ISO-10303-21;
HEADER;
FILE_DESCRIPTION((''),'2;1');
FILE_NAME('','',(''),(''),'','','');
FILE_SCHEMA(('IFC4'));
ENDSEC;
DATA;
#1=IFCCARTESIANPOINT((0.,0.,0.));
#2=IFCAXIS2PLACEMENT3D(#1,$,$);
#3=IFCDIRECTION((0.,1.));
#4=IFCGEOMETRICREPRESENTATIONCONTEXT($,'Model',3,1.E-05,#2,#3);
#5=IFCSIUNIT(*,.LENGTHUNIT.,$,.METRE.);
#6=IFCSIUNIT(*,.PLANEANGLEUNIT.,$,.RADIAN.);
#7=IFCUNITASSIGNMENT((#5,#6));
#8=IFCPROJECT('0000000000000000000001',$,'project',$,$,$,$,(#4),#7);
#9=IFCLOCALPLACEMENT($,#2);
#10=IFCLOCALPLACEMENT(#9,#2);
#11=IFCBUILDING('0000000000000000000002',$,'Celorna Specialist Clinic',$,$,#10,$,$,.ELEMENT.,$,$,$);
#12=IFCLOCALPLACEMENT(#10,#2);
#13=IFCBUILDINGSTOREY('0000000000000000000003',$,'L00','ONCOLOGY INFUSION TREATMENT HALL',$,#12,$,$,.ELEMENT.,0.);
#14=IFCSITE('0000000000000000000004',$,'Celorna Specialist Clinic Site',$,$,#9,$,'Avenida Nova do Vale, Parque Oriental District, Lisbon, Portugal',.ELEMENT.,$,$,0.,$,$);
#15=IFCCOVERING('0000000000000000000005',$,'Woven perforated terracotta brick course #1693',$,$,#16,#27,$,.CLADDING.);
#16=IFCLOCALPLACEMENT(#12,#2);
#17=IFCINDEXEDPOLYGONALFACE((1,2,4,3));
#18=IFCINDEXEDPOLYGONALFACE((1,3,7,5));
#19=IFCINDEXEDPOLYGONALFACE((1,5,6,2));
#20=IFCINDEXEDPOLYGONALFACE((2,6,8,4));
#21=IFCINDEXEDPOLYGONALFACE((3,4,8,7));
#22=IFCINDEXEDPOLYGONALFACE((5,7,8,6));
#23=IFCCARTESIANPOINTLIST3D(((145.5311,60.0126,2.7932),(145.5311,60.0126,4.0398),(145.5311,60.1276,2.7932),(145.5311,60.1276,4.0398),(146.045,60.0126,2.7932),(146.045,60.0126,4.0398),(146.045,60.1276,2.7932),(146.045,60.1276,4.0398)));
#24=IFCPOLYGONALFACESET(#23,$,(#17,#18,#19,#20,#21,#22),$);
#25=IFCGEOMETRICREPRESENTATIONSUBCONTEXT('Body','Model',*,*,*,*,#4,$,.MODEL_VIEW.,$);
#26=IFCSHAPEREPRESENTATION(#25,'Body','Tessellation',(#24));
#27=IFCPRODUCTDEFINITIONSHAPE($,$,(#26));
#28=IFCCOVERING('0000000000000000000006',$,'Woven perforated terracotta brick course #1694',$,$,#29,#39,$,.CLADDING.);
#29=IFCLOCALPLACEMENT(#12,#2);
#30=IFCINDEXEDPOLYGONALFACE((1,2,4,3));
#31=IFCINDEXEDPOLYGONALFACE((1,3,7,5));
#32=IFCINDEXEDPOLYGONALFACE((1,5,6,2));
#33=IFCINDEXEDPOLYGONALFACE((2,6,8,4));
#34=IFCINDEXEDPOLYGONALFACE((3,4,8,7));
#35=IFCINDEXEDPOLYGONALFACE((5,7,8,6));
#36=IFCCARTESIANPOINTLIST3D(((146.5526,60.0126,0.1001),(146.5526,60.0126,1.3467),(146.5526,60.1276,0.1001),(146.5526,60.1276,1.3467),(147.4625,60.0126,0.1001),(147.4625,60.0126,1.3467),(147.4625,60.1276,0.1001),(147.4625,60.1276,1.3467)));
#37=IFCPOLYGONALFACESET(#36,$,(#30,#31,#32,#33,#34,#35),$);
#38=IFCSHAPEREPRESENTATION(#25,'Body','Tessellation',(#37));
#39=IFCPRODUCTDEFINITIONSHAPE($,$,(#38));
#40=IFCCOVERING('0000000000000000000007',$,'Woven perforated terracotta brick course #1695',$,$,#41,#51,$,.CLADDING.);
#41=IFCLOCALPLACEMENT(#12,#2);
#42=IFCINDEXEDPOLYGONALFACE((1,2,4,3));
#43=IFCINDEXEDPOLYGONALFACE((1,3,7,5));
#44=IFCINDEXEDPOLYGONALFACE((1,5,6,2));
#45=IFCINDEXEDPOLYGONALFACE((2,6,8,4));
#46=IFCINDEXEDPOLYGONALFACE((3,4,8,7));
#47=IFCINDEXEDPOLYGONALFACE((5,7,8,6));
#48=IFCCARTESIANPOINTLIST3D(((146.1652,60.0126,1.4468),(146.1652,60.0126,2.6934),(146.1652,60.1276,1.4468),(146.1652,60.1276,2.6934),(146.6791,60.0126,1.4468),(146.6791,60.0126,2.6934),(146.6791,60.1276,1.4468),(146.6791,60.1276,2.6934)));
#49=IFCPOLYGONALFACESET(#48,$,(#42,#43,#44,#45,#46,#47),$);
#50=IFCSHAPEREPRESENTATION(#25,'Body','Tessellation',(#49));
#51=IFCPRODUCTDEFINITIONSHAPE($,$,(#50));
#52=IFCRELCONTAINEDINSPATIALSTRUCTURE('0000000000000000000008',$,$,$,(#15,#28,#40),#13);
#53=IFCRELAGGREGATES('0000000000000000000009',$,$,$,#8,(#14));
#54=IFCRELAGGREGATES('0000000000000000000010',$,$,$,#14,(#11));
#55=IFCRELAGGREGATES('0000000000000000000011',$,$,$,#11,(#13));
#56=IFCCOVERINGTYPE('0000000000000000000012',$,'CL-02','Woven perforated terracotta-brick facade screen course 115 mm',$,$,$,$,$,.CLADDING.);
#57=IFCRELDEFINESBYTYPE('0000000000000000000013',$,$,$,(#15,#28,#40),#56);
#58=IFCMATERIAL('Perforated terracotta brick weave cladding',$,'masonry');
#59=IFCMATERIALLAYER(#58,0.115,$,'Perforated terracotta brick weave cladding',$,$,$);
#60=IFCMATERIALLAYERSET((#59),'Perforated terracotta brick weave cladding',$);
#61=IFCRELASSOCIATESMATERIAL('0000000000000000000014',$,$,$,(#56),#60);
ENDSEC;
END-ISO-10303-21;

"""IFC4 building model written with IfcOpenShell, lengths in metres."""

from ifc_helpers import new_model, si_unit, direction, frame, origin, origin_2d, place, context, subcontext, project, spatial, rectangle, extrude, material, layer, layer_set, type_object, element, save


model = new_model("IFC4")

# Units and contexts
model_context = context("Model", 3, precision=1e-05, world=origin(), true_north=direction((0.0, 1.0)))
body_context = subcontext(model_context, "Body", "Model", "MODEL_VIEW")
ifc_project = project(units=[si_unit("LENGTHUNIT", "METRE"), si_unit("PLANEANGLEUNIT", "RADIAN")], contexts=[model_context])

# Site, building, storey
site_placement = place(None, origin())
site = spatial("IfcSite", under=ifc_project, at=site_placement, Name="Celorna Specialist Clinic Site", LongName="Avenida Nova do Vale, Parque Oriental District, Lisbon, Portugal", CompositionType="ELEMENT", RefElevation=0.0)
building_placement = place(site_placement, origin())
building = spatial("IfcBuilding", under=site, at=building_placement, Name="Celorna Specialist Clinic", CompositionType="ELEMENT")
storey_placement = place(building_placement, origin())
storey = spatial("IfcBuildingStorey", under=building, at=storey_placement, Name="L00", Description="ONCOLOGY INFUSION TREATMENT HALL", CompositionType="ELEMENT", Elevation=0.0)

# Coverings
ifc_material_1 = material(Name="Perforated terracotta brick weave cladding", Category="masonry")
ifc_layer_1 = layer(ifc_material_1, 0.115, Name="Perforated terracotta brick weave cladding")
ifc_layer_set_1 = layer_set([ifc_layer_1], Name="Perforated terracotta brick weave cladding")
covering_type = type_object("IfcCoveringType", Name="CL-02", Description="Woven perforated terracotta-brick facade screen course 115 mm", PredefinedType="CLADDING", material=ifc_layer_set_1)
for number, where, z_axis, x_axis, name in (
    (1, (145.7881, 60.0701, 2.7932), (0.0, 0.0, 1.0), (1.0, 0.0, 0.0), "Woven perforated terracotta brick course #1693"),
):
    element("IfcCovering", number, at=place(storey_placement, frame(where, z_axis=z_axis, x_axis=x_axis)), inside=storey, type_object=covering_type, Name=name, PredefinedType="CLADDING", context=body_context, shape_type="SweptSolid", body=[
        extrude(rectangle(XDim=0.5139, YDim=0.115, at=origin_2d()), origin(), (0.0, 0.0, 1.0), 1.2466),
    ])
covering_1_placement = place(storey_placement, frame((147.0076, 60.0701, 0.1001), z_axis=(0.0, 0.0, 1.0), x_axis=(1.0, 0.0, 0.0)))
element("IfcCovering", 2, at=covering_1_placement, inside=storey, type_object=covering_type, Name="Woven perforated terracotta brick course #1694", PredefinedType="CLADDING", context=body_context, shape_type="SweptSolid", body=[
    extrude(rectangle(XDim=0.9099, YDim=0.115, at=origin_2d()), origin(), (0.0, 0.0, 1.0), 1.2466),
])
covering_2_placement = place(storey_placement, frame((146.4221, 60.0701, 1.4468), z_axis=(0.0, 0.0, 1.0), x_axis=(1.0, 0.0, 0.0)))
element("IfcCovering", 3, at=covering_2_placement, inside=storey, type_object=covering_type, Name="Woven perforated terracotta brick course #1695", PredefinedType="CLADDING", context=body_context, shape_type="SweptSolid", body=[
    extrude(rectangle(XDim=0.5139, YDim=0.115, at=origin_2d()), origin(), (0.0, 0.0, 1.0), 1.2466),
])

save(model, "model.ifc")
